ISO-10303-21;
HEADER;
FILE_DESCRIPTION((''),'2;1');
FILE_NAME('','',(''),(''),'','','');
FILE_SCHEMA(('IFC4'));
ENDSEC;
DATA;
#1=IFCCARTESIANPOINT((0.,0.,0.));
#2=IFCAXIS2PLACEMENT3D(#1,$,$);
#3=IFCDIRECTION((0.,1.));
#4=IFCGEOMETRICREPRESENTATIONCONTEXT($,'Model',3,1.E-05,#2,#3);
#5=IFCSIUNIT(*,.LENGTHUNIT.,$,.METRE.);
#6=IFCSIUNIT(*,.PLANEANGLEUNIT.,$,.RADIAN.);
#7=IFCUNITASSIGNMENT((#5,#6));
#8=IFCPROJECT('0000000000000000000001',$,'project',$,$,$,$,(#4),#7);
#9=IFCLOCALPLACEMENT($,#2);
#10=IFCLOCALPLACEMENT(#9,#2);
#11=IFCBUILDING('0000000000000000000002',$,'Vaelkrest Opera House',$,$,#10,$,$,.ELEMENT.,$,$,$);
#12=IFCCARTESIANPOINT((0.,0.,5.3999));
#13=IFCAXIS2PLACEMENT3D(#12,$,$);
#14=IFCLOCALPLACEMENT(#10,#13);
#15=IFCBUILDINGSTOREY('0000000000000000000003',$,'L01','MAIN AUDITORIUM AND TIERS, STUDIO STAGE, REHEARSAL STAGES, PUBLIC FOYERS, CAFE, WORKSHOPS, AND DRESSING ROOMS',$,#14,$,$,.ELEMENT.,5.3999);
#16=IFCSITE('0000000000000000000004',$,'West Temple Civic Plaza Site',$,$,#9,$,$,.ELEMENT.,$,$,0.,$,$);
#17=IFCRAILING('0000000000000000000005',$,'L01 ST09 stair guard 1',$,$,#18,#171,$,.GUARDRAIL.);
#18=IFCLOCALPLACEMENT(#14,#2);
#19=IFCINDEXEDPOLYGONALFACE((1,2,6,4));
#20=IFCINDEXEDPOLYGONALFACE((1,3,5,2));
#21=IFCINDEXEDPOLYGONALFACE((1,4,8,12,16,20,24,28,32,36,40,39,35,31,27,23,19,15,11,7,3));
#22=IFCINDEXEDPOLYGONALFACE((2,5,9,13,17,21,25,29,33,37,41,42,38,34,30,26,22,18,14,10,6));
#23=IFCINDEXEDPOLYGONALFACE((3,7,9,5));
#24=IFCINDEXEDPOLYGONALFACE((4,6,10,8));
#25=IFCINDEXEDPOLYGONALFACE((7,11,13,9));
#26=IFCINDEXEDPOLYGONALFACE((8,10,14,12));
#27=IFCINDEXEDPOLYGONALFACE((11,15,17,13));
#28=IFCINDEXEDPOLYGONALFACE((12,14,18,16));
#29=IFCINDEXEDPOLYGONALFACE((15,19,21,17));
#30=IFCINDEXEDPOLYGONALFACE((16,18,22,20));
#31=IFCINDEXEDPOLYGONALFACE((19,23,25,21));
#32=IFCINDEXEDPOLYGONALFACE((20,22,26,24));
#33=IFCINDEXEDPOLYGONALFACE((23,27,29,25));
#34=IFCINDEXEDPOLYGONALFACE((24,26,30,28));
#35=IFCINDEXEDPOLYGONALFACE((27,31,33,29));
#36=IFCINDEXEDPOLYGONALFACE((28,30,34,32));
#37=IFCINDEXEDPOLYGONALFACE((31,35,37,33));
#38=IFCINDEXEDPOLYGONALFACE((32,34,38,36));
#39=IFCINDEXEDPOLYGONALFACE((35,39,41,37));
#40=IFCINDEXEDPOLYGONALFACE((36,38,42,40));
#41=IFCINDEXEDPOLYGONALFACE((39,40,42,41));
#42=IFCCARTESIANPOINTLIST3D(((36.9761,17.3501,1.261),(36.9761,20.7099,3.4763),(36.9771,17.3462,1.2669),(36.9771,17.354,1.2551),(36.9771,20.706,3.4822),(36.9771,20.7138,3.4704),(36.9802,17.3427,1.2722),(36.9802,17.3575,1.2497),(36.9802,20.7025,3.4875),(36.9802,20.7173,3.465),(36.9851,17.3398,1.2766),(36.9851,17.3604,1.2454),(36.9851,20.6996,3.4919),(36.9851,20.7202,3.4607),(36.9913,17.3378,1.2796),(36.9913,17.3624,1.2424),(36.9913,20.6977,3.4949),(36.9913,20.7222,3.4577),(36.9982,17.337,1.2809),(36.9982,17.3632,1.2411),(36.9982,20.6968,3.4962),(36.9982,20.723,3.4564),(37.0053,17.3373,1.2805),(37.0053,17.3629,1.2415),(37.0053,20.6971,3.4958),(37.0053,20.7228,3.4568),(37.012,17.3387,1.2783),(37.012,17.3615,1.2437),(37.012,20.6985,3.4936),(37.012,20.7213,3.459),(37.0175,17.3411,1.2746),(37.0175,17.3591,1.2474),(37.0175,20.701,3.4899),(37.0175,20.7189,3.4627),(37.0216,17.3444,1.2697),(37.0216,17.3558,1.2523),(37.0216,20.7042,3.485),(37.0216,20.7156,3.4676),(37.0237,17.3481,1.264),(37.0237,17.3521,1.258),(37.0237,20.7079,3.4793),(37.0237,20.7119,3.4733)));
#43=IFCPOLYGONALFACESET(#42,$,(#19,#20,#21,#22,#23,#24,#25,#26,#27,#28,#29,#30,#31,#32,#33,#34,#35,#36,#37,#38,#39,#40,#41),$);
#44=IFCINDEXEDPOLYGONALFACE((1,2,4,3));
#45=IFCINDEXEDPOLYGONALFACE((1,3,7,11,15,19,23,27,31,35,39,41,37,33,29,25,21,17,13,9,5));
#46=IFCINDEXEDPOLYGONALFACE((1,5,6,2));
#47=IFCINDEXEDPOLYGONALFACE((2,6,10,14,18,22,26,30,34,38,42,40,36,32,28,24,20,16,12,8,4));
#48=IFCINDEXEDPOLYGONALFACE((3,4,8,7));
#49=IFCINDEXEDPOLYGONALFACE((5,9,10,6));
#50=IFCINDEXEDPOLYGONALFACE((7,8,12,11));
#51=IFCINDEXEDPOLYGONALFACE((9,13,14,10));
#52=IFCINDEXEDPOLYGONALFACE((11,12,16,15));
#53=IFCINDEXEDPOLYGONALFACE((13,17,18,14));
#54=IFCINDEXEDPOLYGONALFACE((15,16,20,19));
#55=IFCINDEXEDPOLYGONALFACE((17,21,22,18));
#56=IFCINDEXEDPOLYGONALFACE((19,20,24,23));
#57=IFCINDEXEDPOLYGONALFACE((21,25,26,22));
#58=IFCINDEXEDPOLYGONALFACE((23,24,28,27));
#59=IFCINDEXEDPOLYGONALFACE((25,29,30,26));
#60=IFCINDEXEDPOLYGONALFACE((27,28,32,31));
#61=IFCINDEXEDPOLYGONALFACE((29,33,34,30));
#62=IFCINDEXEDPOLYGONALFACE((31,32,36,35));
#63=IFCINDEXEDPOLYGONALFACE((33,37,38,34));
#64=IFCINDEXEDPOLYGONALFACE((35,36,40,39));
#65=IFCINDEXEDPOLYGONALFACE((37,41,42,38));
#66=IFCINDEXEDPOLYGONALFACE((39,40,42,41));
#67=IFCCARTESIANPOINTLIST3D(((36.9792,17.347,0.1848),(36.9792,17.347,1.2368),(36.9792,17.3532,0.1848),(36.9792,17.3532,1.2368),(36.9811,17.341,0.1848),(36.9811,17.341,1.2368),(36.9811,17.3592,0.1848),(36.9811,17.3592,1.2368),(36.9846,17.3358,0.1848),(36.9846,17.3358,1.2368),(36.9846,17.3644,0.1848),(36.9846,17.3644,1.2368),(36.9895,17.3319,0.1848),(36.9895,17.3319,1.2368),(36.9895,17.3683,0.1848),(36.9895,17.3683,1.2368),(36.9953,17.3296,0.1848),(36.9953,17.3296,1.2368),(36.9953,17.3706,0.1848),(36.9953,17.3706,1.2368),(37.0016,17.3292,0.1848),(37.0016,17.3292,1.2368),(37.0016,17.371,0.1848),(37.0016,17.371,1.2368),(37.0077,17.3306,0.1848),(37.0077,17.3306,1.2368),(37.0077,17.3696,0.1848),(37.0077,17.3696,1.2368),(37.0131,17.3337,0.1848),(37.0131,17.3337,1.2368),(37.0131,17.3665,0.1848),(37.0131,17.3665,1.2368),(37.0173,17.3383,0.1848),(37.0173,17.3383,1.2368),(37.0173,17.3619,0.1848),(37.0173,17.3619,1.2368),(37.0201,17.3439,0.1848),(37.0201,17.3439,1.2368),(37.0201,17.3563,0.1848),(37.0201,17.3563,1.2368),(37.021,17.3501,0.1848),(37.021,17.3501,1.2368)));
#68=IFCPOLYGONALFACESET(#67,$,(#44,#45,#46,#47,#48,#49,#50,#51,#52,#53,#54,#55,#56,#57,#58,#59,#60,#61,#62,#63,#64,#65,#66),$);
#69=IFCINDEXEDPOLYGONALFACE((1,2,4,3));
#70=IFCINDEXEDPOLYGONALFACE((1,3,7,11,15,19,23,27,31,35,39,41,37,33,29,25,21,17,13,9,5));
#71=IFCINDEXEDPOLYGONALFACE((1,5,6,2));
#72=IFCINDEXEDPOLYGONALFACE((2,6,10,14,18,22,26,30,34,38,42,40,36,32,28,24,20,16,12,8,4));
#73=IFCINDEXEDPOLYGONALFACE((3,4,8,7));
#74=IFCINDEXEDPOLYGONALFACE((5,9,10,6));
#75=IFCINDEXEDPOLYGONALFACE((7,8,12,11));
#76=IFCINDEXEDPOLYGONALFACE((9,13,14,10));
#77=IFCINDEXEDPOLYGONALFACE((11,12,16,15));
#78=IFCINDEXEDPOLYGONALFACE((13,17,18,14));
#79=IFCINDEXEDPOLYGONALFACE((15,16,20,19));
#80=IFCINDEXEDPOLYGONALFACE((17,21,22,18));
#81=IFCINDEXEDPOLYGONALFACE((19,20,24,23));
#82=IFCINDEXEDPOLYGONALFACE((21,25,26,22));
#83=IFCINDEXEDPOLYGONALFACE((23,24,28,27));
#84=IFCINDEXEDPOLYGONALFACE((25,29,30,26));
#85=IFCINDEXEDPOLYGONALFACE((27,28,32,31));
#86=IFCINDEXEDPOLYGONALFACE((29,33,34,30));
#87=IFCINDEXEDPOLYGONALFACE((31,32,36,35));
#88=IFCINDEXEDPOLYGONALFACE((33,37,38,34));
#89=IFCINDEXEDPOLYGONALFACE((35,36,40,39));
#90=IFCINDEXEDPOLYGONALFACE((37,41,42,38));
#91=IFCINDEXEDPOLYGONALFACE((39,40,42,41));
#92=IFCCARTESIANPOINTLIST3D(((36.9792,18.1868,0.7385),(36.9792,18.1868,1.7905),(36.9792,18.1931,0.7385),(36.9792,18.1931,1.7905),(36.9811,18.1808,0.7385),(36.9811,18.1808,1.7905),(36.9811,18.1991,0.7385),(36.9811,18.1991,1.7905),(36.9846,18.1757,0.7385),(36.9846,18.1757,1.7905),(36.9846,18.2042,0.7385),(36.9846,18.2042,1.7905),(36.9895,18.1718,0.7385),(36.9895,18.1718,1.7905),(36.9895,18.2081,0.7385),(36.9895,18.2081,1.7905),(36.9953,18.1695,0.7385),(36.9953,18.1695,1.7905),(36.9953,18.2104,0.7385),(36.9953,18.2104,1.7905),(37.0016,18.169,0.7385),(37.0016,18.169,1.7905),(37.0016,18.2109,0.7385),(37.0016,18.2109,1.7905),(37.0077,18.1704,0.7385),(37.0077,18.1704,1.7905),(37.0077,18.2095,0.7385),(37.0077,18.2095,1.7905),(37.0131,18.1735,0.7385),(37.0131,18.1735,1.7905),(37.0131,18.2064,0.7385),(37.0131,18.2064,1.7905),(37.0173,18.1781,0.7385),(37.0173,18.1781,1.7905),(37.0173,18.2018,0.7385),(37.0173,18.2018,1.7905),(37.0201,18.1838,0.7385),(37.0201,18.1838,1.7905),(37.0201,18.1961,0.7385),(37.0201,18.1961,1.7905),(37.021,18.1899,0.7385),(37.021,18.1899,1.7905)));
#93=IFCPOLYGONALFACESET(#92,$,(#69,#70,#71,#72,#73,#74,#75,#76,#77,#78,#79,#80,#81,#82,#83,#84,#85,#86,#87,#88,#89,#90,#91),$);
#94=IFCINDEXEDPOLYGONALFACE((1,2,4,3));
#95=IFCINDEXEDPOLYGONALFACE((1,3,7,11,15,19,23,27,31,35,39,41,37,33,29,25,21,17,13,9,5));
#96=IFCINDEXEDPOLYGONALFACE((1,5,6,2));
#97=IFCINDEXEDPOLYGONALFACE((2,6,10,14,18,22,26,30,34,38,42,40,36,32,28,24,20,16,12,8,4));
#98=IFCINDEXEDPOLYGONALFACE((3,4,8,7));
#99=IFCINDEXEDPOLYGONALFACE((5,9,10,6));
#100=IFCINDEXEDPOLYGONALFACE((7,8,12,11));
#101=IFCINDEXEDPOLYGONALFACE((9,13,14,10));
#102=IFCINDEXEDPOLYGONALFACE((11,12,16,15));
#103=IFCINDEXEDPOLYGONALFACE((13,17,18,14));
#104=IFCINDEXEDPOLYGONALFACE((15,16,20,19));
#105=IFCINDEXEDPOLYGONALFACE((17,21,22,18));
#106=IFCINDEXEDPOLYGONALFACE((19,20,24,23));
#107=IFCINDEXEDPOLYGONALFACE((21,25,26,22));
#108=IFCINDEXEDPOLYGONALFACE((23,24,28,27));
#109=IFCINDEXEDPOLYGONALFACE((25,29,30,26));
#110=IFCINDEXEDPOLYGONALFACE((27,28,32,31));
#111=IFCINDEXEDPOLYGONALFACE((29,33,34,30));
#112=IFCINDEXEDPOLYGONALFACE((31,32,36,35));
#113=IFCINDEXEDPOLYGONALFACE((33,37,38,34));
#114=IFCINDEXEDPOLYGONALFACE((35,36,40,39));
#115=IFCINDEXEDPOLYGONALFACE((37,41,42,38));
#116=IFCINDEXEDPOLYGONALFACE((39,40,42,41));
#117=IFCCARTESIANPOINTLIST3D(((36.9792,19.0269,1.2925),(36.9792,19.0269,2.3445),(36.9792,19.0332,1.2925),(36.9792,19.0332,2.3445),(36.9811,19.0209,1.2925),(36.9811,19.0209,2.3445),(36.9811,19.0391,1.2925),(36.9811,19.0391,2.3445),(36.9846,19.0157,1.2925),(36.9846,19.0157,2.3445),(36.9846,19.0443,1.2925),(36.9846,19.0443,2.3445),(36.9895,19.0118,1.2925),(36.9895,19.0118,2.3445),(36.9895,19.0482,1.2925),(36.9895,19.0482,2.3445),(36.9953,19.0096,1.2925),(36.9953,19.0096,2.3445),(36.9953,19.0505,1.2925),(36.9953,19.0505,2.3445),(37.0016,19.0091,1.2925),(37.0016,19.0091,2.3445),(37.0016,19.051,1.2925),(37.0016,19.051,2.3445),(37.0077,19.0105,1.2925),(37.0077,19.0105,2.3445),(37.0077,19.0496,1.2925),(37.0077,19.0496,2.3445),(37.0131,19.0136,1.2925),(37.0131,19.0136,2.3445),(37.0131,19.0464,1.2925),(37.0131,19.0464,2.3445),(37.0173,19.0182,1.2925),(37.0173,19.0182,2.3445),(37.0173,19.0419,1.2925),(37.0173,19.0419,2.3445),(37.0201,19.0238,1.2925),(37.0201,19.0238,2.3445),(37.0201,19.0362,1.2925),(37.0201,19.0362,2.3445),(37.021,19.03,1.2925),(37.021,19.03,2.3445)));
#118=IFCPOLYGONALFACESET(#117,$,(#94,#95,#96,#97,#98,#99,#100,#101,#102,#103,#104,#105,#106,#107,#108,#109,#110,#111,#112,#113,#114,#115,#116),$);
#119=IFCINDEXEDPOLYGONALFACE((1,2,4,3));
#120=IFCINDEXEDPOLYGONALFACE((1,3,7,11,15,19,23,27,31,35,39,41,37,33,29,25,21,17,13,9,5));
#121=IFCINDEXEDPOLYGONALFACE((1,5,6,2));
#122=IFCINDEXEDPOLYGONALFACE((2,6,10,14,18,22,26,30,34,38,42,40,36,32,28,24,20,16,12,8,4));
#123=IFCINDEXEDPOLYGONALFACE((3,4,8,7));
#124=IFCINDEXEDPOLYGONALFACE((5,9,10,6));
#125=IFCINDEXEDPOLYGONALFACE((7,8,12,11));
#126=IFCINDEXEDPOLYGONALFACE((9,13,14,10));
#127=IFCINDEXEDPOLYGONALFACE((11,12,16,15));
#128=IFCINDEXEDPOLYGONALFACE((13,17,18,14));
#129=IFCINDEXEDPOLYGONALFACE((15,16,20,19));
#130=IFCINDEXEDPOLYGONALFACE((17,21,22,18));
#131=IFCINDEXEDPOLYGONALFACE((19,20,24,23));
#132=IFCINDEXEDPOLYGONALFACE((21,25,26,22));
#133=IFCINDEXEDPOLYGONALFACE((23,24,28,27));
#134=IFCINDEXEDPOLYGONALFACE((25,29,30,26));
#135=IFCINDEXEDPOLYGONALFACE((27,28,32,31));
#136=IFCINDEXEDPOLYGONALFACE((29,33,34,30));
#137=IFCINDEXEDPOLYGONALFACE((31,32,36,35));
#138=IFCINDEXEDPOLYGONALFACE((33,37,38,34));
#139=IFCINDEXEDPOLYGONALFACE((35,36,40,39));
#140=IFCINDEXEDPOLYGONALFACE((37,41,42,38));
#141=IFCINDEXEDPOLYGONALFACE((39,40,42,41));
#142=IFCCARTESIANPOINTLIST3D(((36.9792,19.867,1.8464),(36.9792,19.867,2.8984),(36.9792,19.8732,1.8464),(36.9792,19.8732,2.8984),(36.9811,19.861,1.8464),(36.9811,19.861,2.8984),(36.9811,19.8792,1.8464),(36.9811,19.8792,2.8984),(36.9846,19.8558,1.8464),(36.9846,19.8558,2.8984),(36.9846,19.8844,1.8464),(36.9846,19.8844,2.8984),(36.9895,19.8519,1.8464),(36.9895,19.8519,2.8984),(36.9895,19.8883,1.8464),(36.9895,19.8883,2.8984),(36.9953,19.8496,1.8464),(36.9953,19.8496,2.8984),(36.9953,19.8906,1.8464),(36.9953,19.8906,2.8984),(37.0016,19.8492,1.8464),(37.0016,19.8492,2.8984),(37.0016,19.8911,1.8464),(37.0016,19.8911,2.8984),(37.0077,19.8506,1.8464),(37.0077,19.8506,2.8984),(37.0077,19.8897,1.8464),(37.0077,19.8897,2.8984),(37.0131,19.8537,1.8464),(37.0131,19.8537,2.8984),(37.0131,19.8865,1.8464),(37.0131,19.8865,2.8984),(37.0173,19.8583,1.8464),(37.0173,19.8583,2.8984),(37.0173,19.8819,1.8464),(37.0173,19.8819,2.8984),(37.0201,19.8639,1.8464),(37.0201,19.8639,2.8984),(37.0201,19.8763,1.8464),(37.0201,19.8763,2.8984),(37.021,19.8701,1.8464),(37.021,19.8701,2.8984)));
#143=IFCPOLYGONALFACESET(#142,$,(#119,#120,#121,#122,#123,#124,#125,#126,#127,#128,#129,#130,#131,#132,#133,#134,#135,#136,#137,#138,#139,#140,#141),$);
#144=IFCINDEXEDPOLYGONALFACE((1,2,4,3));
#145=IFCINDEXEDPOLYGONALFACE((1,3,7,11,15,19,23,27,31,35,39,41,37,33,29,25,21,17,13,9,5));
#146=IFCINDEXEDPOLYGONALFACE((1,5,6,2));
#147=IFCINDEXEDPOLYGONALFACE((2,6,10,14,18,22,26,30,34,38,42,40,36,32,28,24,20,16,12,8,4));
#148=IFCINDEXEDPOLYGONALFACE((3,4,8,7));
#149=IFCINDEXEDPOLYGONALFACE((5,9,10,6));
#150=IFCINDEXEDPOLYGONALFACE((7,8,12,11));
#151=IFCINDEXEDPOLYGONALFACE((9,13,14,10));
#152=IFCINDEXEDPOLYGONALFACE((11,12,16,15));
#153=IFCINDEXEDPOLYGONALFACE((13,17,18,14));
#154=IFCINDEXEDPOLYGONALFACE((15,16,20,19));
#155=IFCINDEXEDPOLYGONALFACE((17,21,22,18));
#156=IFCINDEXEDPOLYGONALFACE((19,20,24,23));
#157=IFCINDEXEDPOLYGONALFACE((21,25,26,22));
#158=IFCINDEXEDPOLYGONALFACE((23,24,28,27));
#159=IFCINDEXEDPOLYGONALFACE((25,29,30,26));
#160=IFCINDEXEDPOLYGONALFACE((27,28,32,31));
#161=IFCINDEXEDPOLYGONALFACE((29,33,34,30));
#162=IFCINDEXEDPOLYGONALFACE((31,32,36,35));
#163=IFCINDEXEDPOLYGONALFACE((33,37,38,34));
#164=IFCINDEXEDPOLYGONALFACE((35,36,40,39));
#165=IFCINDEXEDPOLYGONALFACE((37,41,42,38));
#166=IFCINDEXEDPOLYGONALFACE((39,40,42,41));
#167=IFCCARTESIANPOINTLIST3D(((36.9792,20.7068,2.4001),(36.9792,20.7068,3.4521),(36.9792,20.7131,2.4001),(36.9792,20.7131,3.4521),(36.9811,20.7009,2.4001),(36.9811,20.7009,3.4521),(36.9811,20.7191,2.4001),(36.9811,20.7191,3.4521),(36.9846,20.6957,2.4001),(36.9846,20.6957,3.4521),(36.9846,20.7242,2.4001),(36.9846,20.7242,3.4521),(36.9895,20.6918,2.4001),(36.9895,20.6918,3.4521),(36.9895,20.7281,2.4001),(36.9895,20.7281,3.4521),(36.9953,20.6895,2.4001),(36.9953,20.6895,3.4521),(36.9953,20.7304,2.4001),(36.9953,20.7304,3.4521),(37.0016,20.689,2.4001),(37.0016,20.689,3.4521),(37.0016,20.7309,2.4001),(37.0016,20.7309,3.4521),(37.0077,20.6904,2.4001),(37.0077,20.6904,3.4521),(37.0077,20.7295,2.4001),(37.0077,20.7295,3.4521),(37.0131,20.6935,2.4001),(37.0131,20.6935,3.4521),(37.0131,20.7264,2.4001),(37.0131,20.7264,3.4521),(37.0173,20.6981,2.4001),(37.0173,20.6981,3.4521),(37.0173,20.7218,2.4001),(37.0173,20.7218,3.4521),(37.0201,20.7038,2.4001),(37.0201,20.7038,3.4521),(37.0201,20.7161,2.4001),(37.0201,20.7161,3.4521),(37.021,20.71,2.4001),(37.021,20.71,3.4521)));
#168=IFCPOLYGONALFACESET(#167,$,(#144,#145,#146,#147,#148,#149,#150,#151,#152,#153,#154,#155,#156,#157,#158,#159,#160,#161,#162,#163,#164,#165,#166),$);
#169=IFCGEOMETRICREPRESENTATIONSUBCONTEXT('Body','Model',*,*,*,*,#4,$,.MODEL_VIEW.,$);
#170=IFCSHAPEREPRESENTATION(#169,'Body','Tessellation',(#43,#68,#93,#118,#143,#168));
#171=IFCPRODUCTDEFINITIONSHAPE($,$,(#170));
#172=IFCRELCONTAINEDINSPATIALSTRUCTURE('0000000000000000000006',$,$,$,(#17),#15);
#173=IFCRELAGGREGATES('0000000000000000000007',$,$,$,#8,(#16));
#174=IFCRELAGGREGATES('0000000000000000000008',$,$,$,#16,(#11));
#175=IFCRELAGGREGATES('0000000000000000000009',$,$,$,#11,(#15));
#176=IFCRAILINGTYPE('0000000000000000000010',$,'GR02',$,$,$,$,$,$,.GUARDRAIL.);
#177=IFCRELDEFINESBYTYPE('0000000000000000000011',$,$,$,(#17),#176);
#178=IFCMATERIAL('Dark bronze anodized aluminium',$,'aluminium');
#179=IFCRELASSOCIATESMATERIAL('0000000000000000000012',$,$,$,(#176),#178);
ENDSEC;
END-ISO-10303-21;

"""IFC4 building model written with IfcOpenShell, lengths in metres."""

from ifc_helpers import new_model, si_unit, direction, frame, origin, origin_2d, place, context, subcontext, project, spatial, circle, extrude, material, type_object, element, save


model = new_model("IFC4")

# Units and contexts
model_context = context("Model", 3, precision=1e-05, world=origin(), true_north=direction((0.0, 1.0)))
body_context = subcontext(model_context, "Body", "Model", "MODEL_VIEW")
ifc_project = project(units=[si_unit("LENGTHUNIT", "METRE"), si_unit("PLANEANGLEUNIT", "RADIAN")], contexts=[model_context])

# Site, building, storey
site_placement = place(None, origin())
site = spatial("IfcSite", under=ifc_project, at=site_placement, Name="West Temple Civic Plaza Site", CompositionType="ELEMENT", RefElevation=0.0)
building_placement = place(site_placement, origin())
building = spatial("IfcBuilding", under=site, at=building_placement, Name="Vaelkrest Opera House", CompositionType="ELEMENT")
storey_placement = place(building_placement, frame((0.0, 0.0, 5.3999)))
storey = spatial("IfcBuildingStorey", under=building, at=storey_placement, Name="L01", Description="MAIN AUDITORIUM AND TIERS, STUDIO STAGE, REHEARSAL STAGES, PUBLIC FOYERS, CAFE, WORKSHOPS, AND DRESSING ROOMS", CompositionType="ELEMENT", Elevation=5.3999)

# Shared definitions
ifc_material_1 = material(Name="Dark bronze anodized aluminium", Category="aluminium")

# Railing
railing_type_1 = type_object("IfcRailingType", Name="GR02", PredefinedType="GUARDRAIL", material=ifc_material_1)
railing_1_placement = place(storey_placement, frame((37.0, 17.3501, 0.1848)))
element("IfcRailing", 1, at=railing_1_placement, inside=storey, type_object=railing_type_1, Name="L01 ST09 stair guard 1", PredefinedType="GUARDRAIL", context=body_context, shape_type="SweptSolid", body=[
    extrude(circle(Radius=0.0239, at=origin_2d()), frame((0.0, 0.0, 1.0762), z_axis=(0.0, 0.834858, 0.550465), x_axis=(-1.0, 0.0, 0.0)), (0.0, 0.0, 1.0), 4.0244),
    extrude(circle(Radius=0.021, at=origin_2d()), origin(), (0.0, 0.0, 1.0), 1.052),
    extrude(circle(Radius=0.021, at=origin_2d()), frame((0.0, 0.8398, 0.5537)), (0.0, 0.0, 1.0), 1.052),
    extrude(circle(Radius=0.021, at=origin_2d()), frame((0.0, 1.6799, 1.1077)), (0.0, 0.0, 1.0), 1.052),
    extrude(circle(Radius=0.021, at=origin_2d()), frame((0.0, 2.52, 1.6616)), (0.0, 0.0, 1.0), 1.052),
    extrude(circle(Radius=0.021, at=origin_2d()), frame((0.0, 3.3599, 2.2153)), (0.0, 0.0, 1.0), 1.052),
])

save(model, "model.ifc")
